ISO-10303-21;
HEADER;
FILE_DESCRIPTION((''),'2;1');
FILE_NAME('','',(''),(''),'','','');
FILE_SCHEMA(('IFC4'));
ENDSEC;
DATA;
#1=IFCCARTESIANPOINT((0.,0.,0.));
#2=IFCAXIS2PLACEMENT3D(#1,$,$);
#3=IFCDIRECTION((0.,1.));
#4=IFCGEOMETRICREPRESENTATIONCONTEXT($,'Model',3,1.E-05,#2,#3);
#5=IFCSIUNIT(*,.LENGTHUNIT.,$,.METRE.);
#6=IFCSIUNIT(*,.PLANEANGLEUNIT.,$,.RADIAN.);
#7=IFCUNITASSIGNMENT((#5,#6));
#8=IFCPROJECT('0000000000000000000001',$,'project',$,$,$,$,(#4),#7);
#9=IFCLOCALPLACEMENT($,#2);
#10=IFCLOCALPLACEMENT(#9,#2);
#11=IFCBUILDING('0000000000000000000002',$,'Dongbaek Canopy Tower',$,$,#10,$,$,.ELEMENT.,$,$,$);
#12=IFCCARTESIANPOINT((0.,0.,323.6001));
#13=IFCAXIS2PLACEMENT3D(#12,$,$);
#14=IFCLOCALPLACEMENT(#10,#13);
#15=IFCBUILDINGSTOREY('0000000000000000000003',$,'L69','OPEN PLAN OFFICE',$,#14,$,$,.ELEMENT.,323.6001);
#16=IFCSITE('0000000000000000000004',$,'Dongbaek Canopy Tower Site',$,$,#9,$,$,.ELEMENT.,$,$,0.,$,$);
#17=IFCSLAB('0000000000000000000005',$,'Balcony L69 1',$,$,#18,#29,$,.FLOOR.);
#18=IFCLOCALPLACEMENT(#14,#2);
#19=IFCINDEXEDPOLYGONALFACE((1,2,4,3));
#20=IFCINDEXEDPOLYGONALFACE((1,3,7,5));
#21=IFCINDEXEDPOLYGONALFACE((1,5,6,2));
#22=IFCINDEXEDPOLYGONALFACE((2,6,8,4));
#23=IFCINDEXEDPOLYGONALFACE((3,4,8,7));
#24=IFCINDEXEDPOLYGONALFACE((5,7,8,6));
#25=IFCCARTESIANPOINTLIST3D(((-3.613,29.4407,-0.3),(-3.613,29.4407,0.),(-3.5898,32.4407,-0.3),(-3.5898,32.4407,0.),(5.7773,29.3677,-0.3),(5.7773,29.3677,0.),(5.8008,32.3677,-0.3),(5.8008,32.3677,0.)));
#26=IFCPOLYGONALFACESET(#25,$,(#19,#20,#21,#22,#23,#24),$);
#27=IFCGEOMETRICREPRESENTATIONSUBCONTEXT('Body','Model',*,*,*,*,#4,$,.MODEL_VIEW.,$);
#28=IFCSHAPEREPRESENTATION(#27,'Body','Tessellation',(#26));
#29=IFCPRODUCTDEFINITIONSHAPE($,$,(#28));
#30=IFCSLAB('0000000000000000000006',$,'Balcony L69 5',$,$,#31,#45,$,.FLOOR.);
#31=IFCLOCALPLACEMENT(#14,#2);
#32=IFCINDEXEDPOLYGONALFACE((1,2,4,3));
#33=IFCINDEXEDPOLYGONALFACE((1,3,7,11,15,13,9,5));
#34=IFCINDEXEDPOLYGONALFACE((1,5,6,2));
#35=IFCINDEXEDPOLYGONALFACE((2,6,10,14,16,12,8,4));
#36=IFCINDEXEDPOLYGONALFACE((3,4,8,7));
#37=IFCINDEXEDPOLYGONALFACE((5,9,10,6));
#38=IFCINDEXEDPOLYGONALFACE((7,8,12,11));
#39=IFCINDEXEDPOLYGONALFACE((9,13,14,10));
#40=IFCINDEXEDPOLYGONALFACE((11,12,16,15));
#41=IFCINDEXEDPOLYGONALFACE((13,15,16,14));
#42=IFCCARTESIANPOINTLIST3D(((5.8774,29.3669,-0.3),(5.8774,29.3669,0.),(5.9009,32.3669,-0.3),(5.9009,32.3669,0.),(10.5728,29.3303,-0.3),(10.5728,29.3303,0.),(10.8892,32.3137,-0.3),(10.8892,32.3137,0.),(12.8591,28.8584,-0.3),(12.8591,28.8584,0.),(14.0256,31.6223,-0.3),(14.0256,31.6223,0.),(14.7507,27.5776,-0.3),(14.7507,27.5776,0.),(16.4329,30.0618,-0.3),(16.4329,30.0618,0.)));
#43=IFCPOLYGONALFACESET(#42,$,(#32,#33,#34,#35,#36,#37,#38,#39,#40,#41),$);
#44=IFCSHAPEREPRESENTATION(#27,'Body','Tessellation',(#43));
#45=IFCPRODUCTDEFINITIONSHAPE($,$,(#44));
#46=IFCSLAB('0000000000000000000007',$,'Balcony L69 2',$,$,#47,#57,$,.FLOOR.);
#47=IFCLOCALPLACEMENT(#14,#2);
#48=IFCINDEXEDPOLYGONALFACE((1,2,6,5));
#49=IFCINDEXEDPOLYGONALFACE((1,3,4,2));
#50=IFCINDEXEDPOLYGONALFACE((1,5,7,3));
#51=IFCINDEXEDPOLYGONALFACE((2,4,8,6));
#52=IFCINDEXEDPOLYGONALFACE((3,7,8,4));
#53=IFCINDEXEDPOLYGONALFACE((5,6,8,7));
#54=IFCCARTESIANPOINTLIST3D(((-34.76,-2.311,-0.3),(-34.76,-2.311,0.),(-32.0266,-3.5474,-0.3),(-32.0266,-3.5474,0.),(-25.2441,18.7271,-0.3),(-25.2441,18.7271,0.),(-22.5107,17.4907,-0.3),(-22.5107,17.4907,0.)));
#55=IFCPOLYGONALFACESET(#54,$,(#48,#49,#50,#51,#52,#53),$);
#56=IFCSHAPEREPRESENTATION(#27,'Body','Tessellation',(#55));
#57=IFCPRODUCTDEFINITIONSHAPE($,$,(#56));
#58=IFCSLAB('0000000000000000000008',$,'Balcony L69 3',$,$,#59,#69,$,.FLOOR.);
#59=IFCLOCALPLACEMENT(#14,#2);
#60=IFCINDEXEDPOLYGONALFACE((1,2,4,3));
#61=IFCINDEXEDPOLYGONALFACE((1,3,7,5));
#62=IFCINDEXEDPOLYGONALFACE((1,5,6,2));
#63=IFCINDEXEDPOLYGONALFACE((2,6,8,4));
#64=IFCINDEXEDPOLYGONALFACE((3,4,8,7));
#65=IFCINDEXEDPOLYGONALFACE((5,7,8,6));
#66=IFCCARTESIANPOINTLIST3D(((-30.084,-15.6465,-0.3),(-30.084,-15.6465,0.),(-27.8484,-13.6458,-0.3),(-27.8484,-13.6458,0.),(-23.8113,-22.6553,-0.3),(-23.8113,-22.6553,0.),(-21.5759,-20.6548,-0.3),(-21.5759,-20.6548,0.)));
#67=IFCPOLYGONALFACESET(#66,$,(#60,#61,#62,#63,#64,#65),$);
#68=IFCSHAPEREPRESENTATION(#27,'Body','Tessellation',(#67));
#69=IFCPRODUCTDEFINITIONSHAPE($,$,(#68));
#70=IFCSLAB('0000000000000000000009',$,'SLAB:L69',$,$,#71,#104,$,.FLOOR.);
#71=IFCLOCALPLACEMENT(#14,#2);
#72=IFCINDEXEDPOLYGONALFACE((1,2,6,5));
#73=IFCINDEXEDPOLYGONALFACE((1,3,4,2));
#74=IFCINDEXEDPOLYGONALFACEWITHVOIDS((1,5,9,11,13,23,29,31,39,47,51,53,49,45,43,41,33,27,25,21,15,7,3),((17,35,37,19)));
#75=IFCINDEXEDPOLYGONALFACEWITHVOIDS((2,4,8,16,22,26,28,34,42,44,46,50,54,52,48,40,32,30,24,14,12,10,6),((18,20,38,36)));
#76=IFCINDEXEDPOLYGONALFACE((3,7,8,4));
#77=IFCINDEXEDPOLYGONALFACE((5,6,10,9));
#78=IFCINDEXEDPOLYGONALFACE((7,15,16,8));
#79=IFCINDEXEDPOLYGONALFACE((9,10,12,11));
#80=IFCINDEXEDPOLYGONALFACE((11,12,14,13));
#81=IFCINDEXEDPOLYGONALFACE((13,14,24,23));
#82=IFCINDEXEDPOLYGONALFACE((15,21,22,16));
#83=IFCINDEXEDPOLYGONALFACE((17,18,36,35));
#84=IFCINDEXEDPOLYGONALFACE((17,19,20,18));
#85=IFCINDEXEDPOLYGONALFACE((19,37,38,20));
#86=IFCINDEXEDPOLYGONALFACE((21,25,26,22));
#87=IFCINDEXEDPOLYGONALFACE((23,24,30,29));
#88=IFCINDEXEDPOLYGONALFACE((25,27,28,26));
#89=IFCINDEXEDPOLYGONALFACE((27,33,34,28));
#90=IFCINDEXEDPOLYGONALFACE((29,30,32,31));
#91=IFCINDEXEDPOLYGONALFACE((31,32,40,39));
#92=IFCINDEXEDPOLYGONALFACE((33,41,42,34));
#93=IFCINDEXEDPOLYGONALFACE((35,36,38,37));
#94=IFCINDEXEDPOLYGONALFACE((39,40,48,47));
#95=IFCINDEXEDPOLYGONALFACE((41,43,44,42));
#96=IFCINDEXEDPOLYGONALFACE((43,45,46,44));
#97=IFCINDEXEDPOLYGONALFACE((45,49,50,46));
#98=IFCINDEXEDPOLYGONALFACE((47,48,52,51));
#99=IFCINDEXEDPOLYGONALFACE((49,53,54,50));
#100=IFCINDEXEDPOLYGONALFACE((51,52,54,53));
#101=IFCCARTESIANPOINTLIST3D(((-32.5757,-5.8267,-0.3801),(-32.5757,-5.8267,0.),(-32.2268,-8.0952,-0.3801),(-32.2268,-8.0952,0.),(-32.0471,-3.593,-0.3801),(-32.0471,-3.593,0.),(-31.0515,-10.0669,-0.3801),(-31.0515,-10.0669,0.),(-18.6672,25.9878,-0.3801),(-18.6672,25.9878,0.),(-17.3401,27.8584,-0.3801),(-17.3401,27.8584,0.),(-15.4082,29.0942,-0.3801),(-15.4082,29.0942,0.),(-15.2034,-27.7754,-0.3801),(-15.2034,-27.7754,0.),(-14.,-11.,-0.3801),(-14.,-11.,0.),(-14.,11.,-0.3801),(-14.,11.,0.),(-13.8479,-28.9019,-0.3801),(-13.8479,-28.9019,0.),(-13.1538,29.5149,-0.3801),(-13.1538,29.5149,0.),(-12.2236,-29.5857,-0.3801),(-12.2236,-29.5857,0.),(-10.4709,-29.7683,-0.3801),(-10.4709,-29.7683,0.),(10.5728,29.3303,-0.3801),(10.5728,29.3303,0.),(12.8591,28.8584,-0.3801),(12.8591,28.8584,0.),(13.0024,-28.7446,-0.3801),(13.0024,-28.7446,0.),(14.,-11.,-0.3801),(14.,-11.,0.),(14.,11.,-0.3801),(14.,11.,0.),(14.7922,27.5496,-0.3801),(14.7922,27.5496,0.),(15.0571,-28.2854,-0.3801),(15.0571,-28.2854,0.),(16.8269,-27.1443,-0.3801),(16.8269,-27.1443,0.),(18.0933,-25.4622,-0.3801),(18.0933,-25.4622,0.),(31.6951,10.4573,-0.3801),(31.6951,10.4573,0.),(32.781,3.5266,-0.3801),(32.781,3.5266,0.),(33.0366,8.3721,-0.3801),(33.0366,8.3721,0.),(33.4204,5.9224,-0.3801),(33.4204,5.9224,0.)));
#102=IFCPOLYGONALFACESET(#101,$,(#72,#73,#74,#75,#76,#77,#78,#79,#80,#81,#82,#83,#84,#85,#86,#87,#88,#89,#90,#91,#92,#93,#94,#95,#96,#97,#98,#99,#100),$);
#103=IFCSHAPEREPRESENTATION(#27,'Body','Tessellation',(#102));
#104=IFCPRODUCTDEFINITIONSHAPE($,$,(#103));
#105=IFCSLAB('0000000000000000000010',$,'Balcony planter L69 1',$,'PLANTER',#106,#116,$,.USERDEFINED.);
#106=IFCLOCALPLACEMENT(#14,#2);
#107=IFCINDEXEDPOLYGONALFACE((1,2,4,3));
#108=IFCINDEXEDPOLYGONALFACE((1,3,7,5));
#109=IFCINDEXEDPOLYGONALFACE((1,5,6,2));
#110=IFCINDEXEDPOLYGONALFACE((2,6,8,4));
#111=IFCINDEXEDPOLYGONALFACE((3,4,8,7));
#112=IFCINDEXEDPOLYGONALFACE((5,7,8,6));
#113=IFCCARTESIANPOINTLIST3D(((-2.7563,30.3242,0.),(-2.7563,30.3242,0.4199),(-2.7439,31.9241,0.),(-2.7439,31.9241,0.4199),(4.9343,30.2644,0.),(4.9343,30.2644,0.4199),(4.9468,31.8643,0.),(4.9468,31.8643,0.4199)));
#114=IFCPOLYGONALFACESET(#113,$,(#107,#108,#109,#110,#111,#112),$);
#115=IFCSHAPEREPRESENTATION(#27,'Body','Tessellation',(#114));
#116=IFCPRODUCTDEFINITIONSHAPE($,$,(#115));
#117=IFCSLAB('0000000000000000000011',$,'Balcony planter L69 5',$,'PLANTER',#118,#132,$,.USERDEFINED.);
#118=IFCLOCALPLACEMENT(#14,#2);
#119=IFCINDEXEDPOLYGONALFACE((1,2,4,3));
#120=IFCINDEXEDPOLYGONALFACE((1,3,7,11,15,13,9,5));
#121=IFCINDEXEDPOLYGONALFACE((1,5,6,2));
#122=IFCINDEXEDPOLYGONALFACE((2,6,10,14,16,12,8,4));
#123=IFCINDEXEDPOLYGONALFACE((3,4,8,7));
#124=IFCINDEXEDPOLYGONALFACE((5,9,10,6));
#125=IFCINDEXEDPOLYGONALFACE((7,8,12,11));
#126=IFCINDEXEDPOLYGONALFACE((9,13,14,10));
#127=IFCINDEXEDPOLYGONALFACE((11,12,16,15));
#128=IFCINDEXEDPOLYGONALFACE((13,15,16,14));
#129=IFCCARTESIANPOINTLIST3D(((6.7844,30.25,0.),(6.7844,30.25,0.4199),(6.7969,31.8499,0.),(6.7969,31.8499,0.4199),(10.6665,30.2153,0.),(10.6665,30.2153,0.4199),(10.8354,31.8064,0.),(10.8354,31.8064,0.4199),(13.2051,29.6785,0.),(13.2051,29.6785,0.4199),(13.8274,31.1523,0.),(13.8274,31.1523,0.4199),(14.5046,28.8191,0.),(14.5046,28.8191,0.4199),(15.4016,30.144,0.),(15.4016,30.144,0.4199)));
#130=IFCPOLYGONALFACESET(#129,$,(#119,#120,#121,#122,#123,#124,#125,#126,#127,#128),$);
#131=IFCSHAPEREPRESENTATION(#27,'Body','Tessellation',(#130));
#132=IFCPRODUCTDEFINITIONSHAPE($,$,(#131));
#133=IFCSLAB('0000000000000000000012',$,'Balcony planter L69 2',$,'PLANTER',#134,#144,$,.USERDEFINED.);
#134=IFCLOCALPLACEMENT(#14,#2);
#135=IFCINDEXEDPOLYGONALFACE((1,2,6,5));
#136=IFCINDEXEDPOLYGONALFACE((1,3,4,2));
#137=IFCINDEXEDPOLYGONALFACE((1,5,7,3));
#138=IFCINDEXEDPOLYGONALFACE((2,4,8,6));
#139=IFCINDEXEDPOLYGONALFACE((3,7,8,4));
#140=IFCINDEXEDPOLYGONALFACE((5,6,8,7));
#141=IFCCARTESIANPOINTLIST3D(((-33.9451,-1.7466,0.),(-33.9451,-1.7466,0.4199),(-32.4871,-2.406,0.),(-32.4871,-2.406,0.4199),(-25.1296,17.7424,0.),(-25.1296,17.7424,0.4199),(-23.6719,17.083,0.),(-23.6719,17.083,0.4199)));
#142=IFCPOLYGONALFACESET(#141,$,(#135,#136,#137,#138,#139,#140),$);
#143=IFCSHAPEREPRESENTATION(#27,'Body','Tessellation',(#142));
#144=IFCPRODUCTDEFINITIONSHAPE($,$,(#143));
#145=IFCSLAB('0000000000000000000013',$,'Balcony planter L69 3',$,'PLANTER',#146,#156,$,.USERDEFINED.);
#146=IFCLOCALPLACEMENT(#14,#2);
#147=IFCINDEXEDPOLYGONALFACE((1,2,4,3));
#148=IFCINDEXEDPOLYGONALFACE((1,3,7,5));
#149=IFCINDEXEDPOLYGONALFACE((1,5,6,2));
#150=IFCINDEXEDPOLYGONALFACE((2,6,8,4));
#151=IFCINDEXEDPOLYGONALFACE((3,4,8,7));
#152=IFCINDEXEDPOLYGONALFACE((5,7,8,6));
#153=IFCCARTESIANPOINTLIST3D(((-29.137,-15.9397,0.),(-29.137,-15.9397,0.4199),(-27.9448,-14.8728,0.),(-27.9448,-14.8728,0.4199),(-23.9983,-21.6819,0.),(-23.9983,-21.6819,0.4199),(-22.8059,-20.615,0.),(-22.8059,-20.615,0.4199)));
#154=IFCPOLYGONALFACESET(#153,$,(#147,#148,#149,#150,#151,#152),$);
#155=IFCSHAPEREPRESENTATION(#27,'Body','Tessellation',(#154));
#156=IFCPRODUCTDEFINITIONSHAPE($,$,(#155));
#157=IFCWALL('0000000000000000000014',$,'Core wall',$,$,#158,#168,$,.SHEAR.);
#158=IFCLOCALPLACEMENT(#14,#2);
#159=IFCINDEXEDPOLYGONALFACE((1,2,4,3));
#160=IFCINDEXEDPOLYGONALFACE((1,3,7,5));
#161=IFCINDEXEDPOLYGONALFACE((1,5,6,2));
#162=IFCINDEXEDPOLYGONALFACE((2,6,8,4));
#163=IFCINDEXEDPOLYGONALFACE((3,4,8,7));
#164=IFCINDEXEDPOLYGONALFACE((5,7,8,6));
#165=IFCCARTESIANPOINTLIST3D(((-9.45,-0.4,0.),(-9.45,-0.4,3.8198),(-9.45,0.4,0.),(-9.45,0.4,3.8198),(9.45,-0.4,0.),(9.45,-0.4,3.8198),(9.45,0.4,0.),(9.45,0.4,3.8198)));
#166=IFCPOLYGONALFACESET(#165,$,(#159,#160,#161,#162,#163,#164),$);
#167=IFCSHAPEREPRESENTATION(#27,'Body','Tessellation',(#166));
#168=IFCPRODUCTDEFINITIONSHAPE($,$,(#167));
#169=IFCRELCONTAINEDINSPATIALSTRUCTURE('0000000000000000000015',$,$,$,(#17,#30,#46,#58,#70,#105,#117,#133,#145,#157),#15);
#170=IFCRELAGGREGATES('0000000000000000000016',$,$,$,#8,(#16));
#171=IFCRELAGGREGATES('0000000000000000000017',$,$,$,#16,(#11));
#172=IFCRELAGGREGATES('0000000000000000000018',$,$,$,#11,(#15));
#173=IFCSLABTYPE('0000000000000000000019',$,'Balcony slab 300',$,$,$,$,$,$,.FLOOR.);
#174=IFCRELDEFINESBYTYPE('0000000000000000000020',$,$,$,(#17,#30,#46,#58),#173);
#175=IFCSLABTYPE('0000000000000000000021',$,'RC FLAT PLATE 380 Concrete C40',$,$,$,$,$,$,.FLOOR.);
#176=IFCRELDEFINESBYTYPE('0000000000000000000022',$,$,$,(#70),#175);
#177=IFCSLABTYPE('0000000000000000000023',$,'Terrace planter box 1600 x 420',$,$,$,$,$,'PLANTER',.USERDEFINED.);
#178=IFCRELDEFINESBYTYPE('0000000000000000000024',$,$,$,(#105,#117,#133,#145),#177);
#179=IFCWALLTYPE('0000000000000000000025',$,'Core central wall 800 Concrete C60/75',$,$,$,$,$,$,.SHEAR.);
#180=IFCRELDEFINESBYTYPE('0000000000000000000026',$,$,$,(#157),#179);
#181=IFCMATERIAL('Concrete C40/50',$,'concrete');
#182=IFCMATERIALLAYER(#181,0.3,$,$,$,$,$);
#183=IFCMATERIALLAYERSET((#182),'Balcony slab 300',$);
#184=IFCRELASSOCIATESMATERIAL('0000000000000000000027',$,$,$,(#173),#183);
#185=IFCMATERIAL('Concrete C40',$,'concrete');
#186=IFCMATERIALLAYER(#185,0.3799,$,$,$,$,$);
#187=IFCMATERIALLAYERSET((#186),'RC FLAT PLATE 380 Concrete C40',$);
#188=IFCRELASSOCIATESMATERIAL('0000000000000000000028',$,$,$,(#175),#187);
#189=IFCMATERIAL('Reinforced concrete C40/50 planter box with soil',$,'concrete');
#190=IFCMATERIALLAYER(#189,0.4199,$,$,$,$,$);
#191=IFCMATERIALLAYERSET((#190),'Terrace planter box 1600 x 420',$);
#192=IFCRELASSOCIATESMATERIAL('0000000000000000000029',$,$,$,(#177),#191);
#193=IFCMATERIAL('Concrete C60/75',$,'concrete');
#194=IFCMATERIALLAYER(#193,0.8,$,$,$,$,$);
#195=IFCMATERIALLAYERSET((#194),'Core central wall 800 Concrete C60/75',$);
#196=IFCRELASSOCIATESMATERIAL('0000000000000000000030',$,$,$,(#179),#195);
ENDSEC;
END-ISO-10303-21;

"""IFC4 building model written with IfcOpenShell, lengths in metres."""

from ifc_helpers import new_model, si_unit, direction, frame, frame_2d, origin, place, context, subcontext, project, spatial, polyline, rectangle, outline, extrude, material, layer, layer_set, type_object, element, save


model = new_model("IFC4")

# Units and contexts
model_context = context("Model", 3, precision=1e-05, world=origin(), true_north=direction((0.0, 1.0)))
body_context = subcontext(model_context, "Body", "Model", "MODEL_VIEW")
ifc_project = project(units=[si_unit("LENGTHUNIT", "METRE"), si_unit("PLANEANGLEUNIT", "RADIAN")], contexts=[model_context])

# Site, building, storey
site_placement = place(None, origin())
site = spatial("IfcSite", under=ifc_project, at=site_placement, Name="Dongbaek Canopy Tower Site", CompositionType="ELEMENT", RefElevation=0.0)
building_placement = place(site_placement, origin())
building = spatial("IfcBuilding", under=site, at=building_placement, Name="Dongbaek Canopy Tower", CompositionType="ELEMENT")
storey_placement = place(building_placement, frame((0.0, 0.0, 323.6001)))
storey = spatial("IfcBuildingStorey", under=building, at=storey_placement, Name="L69", Description="OPEN PLAN OFFICE", CompositionType="ELEMENT", Elevation=323.6001)

# Slabs
ifc_material_1 = material(Name="Concrete C40/50", Category="concrete")
ifc_layer_1 = layer(ifc_material_1, 0.3)
ifc_layer_set_1 = layer_set([ifc_layer_1], Name="Balcony slab 300")
slab_type_1 = type_object("IfcSlabType", Name="Balcony slab 300", PredefinedType="FLOOR", material=ifc_layer_set_1)
slab_1_placement = place(storey_placement, frame((0.0, 0.0, -0.3)))
element("IfcSlab", 1, at=slab_1_placement, inside=storey, type_object=slab_type_1, Name="Balcony L69 1", PredefinedType="FLOOR", context=body_context, shape_type="SweptSolid", body=[
    extrude(outline(polyline([(5.7773, 29.3677), (-3.613, 29.4407), (-3.5898, 32.4407), (5.8008, 32.3677), (5.7773, 29.3677)])), origin(), (0.0, 0.0, 1.0), 0.3),
])
slab_2_placement = place(storey_placement, frame((0.0, 0.0, -0.3)))
element("IfcSlab", 2, at=slab_2_placement, inside=storey, type_object=slab_type_1, Name="Balcony L69 5", PredefinedType="FLOOR", context=body_context, shape_type="SweptSolid", body=[
    extrude(outline(polyline([(14.7507, 27.5776), (12.8591, 28.8584), (10.5728, 29.3303), (5.8774, 29.3669), (5.9009, 32.3669), (10.8892, 32.3137), (14.0256, 31.6223), (16.4329, 30.0618), (14.7507, 27.5776)])), origin(), (0.0, 0.0, 1.0), 0.3),
])
slab_3_placement = place(storey_placement, frame((0.0, 0.0, -0.3)))
element("IfcSlab", 3, at=slab_3_placement, inside=storey, type_object=slab_type_1, Name="Balcony L69 2", PredefinedType="FLOOR", context=body_context, shape_type="SweptSolid", body=[
    extrude(outline(polyline([(-22.5107, 17.4907), (-32.0266, -3.5474), (-34.76, -2.311), (-25.2441, 18.7271), (-22.5107, 17.4907)])), origin(), (0.0, 0.0, 1.0), 0.3),
])
slab_4_placement = place(storey_placement, frame((0.0, 0.0, -0.3)))
element("IfcSlab", 4, at=slab_4_placement, inside=storey, type_object=slab_type_1, Name="Balcony L69 3", PredefinedType="FLOOR", context=body_context, shape_type="SweptSolid", body=[
    extrude(outline(polyline([(-27.8484, -13.6458), (-21.5759, -20.6548), (-23.8113, -22.6553), (-30.084, -15.6465), (-27.8484, -13.6458)])), origin(), (0.0, 0.0, 1.0), 0.3),
])
ifc_material_2 = material(Name="Concrete C40", Category="concrete")
ifc_layer_2 = layer(ifc_material_2, 0.3799)
ifc_layer_set_2 = layer_set([ifc_layer_2], Name="RC FLAT PLATE 380 Concrete C40")
slab_type_2 = type_object("IfcSlabType", Name="RC FLAT PLATE 380 Concrete C40", PredefinedType="FLOOR", material=ifc_layer_set_2)
slab_5_placement = place(storey_placement, frame((0.0, 0.0, -0.3801)))
element("IfcSlab", 5, at=slab_5_placement, inside=storey, type_object=slab_type_2, Name="SLAB:L69", PredefinedType="FLOOR", context=body_context, shape_type="SweptSolid", body=[
    extrude(outline(polyline([(18.0933, -25.4622), (16.8269, -27.1443), (15.0571, -28.2854), (13.0024, -28.7446), (-10.4709, -29.7683), (-12.2236, -29.5857), (-13.8479, -28.9019), (-15.2034, -27.7754), (-31.0515, -10.0669), (-32.2268, -8.0952), (-32.5757, -5.8267), (-32.0471, -3.593), (-18.6672, 25.9878), (-17.3401, 27.8584), (-15.4082, 29.0942), (-13.1538, 29.5149), (10.5728, 29.3303), (12.8591, 28.8584), (14.7922, 27.5496), (31.6951, 10.4573), (33.0366, 8.3721), (33.4204, 5.9224), (32.781, 3.5266), (18.0933, -25.4622)]), holes=[polyline([(14.0, 11.0), (-14.0, 11.0), (-14.0, -11.0), (14.0, -11.0), (14.0, 11.0)])]), origin(), (0.0, 0.0, 1.0), 0.3801),
])
ifc_material_3 = material(Name="Reinforced concrete C40/50 planter box with soil", Category="concrete")
ifc_layer_3 = layer(ifc_material_3, 0.4199)
ifc_layer_set_3 = layer_set([ifc_layer_3], Name="Terrace planter box 1600 x 420")
slab_type_3 = type_object("IfcSlabType", Name="Terrace planter box 1600 x 420", ElementType="PLANTER", PredefinedType="USERDEFINED", material=ifc_layer_set_3)
slab_6_placement = place(storey_placement, origin())
element("IfcSlab", 6, at=slab_6_placement, inside=storey, type_object=slab_type_3, Name="Balcony planter L69 1", ObjectType="PLANTER", PredefinedType="USERDEFINED", context=body_context, shape_type="SweptSolid", body=[
    extrude(outline(polyline([(4.9343, 30.2644), (-2.7563, 30.3242), (-2.7439, 31.9241), (4.9468, 31.8643), (4.9343, 30.2644)])), origin(), (0.0, 0.0, 1.0), 0.4199),
])
slab_7_placement = place(storey_placement, origin())
element("IfcSlab", 7, at=slab_7_placement, inside=storey, type_object=slab_type_3, Name="Balcony planter L69 5", ObjectType="PLANTER", PredefinedType="USERDEFINED", context=body_context, shape_type="SweptSolid", body=[
    extrude(outline(polyline([(14.5046, 28.8191), (13.2051, 29.6785), (10.6665, 30.2153), (6.7844, 30.25), (6.7969, 31.8499), (10.8354, 31.8064), (13.8274, 31.1523), (15.4016, 30.144), (14.5046, 28.8191)])), origin(), (0.0, 0.0, 1.0), 0.4199),
])
slab_8_placement = place(storey_placement, origin())
element("IfcSlab", 8, at=slab_8_placement, inside=storey, type_object=slab_type_3, Name="Balcony planter L69 2", ObjectType="PLANTER", PredefinedType="USERDEFINED", context=body_context, shape_type="SweptSolid", body=[
    extrude(outline(polyline([(-23.6719, 17.083), (-32.4871, -2.406), (-33.9451, -1.7466), (-25.1296, 17.7424), (-23.6719, 17.083)])), origin(), (0.0, 0.0, 1.0), 0.4199),
])
slab_9_placement = place(storey_placement, origin())
element("IfcSlab", 9, at=slab_9_placement, inside=storey, type_object=slab_type_3, Name="Balcony planter L69 3", ObjectType="PLANTER", PredefinedType="USERDEFINED", context=body_context, shape_type="SweptSolid", body=[
    extrude(outline(polyline([(-27.9448, -14.8728), (-22.8059, -20.615), (-23.9983, -21.6819), (-29.137, -15.9397), (-27.9448, -14.8728)])), origin(), (0.0, 0.0, 1.0), 0.4199),
])

# Wall
ifc_material_4 = material(Name="Concrete C60/75", Category="concrete")
ifc_layer_4 = layer(ifc_material_4, 0.8)
ifc_layer_set_4 = layer_set([ifc_layer_4], Name="Core central wall 800 Concrete C60/75")
wall_type_1 = type_object("IfcWallType", Name="Core central wall 800 Concrete C60/75", PredefinedType="SHEAR", material=ifc_layer_set_4)
wall_1_placement = place(storey_placement, frame((-9.45, 0.0, 0.0), z_axis=(0.0, 0.0, 1.0), x_axis=(1.0, 0.0, 0.0)))
element("IfcWall", 10, at=wall_1_placement, inside=storey, type_object=wall_type_1, Name="Core wall", PredefinedType="SHEAR", context=body_context, shape_type="SweptSolid", body=[
    extrude(rectangle(XDim=18.8999, YDim=0.8, at=frame_2d((9.45, 0.0))), origin(), (0.0, 0.0, 1.0), 3.8198),
])

save(model, "model.ifc")
